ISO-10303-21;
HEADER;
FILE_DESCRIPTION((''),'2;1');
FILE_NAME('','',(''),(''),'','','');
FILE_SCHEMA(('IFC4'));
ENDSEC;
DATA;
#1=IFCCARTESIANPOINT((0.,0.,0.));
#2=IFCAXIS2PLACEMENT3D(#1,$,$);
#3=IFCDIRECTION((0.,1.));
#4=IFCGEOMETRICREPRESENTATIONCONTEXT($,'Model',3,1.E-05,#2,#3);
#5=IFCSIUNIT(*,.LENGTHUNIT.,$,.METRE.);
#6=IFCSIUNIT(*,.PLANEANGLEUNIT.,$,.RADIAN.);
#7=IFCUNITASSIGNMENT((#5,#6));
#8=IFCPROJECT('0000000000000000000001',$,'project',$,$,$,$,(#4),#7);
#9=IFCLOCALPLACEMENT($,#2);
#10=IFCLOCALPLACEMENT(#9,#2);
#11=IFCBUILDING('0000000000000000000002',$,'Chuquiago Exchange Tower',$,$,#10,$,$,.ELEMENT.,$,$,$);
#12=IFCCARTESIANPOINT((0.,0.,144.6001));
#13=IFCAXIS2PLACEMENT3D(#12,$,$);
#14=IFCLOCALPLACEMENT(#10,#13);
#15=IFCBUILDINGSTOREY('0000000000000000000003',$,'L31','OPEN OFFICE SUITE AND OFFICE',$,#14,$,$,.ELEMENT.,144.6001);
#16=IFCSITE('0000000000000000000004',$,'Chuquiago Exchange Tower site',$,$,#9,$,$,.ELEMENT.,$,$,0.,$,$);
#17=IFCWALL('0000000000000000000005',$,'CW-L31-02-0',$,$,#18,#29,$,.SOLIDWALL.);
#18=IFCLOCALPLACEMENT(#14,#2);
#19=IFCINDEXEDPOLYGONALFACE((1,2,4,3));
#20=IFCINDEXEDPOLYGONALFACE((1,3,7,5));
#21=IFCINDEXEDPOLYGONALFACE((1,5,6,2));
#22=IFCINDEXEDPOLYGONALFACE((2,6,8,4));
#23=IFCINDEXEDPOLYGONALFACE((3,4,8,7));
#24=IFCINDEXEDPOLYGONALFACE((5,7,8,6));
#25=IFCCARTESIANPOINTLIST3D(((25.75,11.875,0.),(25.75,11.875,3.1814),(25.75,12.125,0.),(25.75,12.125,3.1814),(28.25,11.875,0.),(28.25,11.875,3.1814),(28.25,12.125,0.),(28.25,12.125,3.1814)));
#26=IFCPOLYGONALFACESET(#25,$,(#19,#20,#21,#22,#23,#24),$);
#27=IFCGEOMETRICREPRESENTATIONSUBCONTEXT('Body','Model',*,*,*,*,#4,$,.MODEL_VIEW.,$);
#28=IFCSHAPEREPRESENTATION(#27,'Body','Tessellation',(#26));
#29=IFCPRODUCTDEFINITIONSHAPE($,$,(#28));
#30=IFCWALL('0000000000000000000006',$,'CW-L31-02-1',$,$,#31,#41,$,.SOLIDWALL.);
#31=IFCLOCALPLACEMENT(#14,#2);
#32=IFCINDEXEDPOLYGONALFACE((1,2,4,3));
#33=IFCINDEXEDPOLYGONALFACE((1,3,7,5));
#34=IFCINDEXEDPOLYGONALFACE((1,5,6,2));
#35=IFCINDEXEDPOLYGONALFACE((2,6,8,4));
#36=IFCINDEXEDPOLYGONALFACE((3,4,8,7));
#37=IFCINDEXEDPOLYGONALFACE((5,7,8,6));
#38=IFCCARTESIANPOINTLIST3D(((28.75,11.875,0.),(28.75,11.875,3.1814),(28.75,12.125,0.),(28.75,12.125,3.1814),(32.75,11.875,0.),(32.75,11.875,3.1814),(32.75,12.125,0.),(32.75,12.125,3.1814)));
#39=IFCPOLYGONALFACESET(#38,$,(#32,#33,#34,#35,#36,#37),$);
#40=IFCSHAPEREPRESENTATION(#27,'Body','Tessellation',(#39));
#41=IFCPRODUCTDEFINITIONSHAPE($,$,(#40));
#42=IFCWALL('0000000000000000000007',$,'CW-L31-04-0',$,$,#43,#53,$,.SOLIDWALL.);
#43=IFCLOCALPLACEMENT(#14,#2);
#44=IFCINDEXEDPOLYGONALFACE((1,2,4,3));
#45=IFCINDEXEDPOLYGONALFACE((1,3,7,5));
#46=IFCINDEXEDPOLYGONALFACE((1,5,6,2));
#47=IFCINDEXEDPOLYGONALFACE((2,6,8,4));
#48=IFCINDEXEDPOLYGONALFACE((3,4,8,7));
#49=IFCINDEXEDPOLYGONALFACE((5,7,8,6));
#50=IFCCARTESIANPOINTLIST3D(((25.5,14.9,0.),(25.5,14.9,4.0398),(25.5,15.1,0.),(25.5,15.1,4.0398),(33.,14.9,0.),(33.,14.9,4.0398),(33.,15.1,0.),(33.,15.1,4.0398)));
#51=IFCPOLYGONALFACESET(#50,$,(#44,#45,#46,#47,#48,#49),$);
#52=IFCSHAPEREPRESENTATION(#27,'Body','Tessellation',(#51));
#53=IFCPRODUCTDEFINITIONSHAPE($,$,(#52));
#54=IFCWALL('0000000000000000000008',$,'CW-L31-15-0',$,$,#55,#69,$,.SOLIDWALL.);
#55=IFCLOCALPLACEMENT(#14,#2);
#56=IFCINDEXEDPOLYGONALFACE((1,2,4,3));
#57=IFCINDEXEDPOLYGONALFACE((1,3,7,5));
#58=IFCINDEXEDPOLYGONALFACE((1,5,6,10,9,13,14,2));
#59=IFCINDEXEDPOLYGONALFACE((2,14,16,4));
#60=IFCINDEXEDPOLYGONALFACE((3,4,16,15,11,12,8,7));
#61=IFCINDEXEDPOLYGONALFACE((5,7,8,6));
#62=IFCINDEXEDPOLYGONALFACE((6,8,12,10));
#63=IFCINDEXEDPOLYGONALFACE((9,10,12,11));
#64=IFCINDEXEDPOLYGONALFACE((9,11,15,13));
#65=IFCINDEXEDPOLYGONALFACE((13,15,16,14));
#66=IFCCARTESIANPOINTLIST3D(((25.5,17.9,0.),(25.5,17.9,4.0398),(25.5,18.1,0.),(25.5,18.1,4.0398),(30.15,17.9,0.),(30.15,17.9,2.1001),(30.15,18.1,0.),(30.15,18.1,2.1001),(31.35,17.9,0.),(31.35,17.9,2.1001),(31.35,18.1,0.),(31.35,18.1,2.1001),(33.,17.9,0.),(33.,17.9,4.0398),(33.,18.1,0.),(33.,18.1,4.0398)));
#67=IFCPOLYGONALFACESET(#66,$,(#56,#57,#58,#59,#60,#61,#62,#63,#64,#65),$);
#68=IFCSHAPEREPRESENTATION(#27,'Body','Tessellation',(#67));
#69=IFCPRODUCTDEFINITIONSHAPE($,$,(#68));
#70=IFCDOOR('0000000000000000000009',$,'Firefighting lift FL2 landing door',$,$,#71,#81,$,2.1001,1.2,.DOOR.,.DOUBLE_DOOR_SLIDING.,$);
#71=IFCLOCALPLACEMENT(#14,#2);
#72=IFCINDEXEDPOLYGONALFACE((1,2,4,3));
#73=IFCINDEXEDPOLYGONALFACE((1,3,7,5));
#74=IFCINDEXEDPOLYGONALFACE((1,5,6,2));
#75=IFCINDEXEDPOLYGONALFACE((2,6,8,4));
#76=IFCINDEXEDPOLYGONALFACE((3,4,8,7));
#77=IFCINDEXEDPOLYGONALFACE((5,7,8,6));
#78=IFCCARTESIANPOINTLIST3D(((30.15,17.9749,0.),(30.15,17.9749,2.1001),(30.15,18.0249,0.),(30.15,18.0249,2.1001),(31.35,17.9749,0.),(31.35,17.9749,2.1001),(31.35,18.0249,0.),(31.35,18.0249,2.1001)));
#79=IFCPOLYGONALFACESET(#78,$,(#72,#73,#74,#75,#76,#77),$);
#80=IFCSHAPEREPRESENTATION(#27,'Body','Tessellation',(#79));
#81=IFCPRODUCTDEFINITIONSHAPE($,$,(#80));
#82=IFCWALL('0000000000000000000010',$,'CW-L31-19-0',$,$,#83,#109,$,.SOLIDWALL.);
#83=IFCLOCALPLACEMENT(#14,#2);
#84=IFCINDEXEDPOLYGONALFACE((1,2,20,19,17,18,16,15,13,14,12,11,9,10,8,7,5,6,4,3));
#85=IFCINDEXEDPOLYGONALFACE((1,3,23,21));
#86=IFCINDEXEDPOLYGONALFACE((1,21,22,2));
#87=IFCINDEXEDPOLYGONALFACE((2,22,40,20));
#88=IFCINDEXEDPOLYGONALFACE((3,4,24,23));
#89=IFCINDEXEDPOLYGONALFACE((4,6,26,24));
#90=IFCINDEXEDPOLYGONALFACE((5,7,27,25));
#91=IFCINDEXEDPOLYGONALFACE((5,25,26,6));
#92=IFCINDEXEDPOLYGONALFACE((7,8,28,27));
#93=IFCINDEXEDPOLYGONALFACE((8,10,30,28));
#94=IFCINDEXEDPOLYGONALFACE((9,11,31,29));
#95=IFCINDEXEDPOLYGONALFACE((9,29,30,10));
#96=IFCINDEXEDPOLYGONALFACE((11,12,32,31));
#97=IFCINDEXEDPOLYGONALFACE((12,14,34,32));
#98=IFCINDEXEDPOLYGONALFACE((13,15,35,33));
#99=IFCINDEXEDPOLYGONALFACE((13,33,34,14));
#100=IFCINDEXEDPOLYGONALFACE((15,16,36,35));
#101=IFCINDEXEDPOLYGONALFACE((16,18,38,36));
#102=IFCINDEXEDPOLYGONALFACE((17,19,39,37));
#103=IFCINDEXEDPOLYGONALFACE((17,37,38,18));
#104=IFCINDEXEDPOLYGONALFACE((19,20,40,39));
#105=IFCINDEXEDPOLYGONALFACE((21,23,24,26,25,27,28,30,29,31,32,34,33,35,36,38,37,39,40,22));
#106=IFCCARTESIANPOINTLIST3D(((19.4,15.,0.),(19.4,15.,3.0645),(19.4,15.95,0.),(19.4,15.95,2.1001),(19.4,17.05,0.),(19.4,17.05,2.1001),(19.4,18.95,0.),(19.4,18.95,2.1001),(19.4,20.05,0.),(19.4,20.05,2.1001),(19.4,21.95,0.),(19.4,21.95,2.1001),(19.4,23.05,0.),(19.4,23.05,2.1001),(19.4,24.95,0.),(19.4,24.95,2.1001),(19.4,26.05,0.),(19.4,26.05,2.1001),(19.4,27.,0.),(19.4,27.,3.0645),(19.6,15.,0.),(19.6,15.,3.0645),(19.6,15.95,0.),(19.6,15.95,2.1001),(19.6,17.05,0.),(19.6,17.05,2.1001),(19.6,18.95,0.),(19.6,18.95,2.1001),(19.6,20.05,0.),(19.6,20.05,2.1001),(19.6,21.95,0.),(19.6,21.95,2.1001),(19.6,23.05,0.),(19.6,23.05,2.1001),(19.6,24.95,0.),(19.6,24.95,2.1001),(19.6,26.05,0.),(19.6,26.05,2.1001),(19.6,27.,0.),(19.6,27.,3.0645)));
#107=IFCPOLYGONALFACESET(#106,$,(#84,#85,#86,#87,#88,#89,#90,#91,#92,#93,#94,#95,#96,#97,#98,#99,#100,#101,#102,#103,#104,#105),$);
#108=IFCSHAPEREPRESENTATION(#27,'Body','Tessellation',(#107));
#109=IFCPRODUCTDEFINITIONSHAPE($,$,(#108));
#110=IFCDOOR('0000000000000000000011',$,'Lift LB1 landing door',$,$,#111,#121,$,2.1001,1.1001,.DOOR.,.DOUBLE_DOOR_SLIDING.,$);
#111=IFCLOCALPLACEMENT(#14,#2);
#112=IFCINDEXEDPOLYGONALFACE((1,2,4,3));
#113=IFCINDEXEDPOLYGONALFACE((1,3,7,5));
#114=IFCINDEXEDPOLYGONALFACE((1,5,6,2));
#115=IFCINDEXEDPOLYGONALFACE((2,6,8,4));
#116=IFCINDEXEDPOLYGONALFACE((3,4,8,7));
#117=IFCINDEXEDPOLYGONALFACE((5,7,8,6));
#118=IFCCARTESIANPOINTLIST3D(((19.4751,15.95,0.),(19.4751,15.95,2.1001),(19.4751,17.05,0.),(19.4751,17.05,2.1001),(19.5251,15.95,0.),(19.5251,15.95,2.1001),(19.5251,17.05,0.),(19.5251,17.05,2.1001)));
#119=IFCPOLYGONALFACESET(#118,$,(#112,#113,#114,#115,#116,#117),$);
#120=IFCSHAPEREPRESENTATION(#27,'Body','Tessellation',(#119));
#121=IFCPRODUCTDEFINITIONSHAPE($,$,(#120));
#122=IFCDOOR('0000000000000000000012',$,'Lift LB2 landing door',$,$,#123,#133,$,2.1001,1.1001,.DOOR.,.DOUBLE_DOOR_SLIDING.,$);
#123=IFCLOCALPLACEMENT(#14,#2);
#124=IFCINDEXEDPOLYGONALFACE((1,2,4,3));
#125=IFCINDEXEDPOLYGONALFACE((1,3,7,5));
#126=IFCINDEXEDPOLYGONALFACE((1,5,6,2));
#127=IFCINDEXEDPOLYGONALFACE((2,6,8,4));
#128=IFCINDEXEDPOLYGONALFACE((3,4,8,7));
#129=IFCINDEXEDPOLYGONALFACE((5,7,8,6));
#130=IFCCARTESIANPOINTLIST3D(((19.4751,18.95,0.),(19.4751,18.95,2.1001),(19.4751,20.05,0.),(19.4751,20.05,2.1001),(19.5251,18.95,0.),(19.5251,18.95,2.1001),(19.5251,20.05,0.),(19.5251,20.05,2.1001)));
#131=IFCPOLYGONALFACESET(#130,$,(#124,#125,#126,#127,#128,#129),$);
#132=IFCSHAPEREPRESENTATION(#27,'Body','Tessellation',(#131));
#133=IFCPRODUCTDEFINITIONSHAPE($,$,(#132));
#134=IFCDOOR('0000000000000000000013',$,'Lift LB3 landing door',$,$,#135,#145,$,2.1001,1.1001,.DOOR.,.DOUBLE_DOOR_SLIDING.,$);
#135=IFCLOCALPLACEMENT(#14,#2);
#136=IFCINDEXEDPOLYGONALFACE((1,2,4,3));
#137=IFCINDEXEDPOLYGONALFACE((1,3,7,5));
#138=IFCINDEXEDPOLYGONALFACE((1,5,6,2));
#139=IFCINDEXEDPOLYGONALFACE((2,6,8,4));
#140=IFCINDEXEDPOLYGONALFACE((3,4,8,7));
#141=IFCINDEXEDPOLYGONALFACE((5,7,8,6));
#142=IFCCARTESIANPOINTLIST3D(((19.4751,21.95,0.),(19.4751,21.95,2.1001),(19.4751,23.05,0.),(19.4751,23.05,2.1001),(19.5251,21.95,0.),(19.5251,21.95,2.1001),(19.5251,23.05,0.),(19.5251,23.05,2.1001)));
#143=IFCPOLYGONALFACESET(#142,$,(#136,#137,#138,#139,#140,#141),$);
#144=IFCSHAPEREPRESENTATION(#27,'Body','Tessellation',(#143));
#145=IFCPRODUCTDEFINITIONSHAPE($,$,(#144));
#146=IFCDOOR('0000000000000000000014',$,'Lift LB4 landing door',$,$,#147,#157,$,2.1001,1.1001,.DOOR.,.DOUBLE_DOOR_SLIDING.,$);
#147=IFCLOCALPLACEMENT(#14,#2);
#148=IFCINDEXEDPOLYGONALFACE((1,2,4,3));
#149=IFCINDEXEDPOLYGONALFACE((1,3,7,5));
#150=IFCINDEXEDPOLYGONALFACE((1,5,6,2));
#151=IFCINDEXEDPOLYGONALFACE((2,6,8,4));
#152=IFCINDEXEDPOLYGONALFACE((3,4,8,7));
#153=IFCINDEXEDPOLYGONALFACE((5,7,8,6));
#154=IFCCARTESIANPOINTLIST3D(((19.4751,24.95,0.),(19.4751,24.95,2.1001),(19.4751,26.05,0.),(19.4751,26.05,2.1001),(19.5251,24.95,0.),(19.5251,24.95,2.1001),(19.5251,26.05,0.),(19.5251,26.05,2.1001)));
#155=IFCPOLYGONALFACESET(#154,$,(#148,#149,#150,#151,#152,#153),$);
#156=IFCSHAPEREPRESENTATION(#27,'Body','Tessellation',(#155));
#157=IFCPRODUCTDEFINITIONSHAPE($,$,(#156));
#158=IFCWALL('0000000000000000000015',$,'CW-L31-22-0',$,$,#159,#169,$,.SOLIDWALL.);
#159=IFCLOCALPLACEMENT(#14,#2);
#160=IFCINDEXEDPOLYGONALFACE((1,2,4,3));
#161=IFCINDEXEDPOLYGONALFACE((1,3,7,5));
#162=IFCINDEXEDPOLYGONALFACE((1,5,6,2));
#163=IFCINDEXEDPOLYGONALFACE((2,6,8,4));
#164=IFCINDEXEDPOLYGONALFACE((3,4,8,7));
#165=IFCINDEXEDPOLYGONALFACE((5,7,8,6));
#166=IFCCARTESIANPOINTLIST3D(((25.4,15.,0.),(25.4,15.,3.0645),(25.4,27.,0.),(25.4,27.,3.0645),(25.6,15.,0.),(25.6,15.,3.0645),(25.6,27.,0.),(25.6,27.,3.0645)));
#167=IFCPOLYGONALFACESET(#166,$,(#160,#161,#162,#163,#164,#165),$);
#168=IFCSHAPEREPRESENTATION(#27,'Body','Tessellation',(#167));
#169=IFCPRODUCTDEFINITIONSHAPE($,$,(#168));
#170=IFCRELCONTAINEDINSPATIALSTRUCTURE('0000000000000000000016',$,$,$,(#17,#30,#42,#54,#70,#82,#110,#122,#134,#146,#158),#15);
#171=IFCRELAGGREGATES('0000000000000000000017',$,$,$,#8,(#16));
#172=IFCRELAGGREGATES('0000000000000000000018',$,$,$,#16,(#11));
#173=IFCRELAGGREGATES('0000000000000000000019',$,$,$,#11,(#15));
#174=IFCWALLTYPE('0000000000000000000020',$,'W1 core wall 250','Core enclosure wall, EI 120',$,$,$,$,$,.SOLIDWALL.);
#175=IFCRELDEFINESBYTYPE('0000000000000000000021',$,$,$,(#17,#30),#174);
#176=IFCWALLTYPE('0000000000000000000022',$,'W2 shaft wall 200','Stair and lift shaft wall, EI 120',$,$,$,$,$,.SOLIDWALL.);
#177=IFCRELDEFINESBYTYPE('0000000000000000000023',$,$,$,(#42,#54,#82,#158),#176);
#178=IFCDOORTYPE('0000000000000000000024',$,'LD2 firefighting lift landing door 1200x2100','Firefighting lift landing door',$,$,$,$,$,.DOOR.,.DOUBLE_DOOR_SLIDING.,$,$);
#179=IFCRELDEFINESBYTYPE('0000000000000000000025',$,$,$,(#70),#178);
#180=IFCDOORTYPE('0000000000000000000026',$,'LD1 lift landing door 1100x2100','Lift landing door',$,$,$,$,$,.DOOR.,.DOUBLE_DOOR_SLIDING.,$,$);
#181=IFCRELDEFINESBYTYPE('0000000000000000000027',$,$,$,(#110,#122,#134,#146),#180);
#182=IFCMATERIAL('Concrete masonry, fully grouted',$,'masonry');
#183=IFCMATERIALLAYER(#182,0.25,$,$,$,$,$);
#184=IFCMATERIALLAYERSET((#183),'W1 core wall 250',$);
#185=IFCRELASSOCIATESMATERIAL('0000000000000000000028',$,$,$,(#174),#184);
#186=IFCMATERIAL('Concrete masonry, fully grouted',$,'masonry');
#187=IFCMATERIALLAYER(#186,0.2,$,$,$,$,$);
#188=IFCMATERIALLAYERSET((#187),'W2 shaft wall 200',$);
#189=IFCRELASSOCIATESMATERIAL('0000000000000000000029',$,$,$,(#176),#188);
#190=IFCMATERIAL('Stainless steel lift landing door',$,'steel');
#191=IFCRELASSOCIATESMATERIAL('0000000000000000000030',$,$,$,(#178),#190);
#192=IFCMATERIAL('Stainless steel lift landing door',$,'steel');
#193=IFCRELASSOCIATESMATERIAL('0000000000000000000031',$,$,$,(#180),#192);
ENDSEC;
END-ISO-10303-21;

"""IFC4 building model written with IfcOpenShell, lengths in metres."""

from ifc_helpers import new_model, si_unit, direction, frame, frame_2d, origin, place, context, subcontext, project, spatial, rectangle, extrude, material, layer, layer_set, type_object, element, fill, save


model = new_model("IFC4")

# Units and contexts
model_context = context("Model", 3, precision=1e-05, world=origin(), true_north=direction((0.0, 1.0)))
body_context = subcontext(model_context, "Body", "Model", "MODEL_VIEW")
ifc_project = project(units=[si_unit("LENGTHUNIT", "METRE"), si_unit("PLANEANGLEUNIT", "RADIAN")], contexts=[model_context])

# Site, building, storey
site_placement = place(None, origin())
site = spatial("IfcSite", under=ifc_project, at=site_placement, Name="Chuquiago Exchange Tower site", CompositionType="ELEMENT", RefElevation=0.0)
building_placement = place(site_placement, origin())
building = spatial("IfcBuilding", under=site, at=building_placement, Name="Chuquiago Exchange Tower", CompositionType="ELEMENT")
storey_placement = place(building_placement, frame((0.0, 0.0, 144.6001)))
storey = spatial("IfcBuildingStorey", under=building, at=storey_placement, Name="L31", Description="OPEN OFFICE SUITE AND OFFICE", CompositionType="ELEMENT", Elevation=144.6001)

# Walls
ifc_material_1 = material(Name="Concrete masonry, fully grouted", Category="masonry")
ifc_layer_1 = layer(ifc_material_1, 0.25)
ifc_layer_set_1 = layer_set([ifc_layer_1], Name="W1 core wall 250")
wall_type_1 = type_object("IfcWallType", Name="W1 core wall 250", Description="Core enclosure wall, EI 120", PredefinedType="SOLIDWALL", material=ifc_layer_set_1)
wall_1_placement = place(storey_placement, frame((25.75, 12.0, 0.0), z_axis=(0.0, 0.0, 1.0), x_axis=(1.0, 0.0, 0.0)))
element("IfcWall", 1, at=wall_1_placement, inside=storey, type_object=wall_type_1, Name="CW-L31-02-0", PredefinedType="SOLIDWALL", context=body_context, shape_type="SweptSolid", body=[
    extrude(rectangle(XDim=2.5, YDim=0.25, at=frame_2d((1.25, 0.0))), origin(), (0.0, 0.0, 1.0), 3.1814),
])
wall_2_placement = place(storey_placement, frame((28.75, 12.0, 0.0), z_axis=(0.0, 0.0, 1.0), x_axis=(1.0, 0.0, 0.0)))
element("IfcWall", 2, at=wall_2_placement, inside=storey, type_object=wall_type_1, Name="CW-L31-02-1", PredefinedType="SOLIDWALL", context=body_context, shape_type="SweptSolid", body=[
    extrude(rectangle(XDim=4.0, YDim=0.25, at=frame_2d((2.0, 0.0))), origin(), (0.0, 0.0, 1.0), 3.1814),
])
ifc_material_2 = material(Name="Concrete masonry, fully grouted", Category="masonry")
ifc_layer_2 = layer(ifc_material_2, 0.2)
ifc_layer_set_2 = layer_set([ifc_layer_2], Name="W2 shaft wall 200")
wall_type_2 = type_object("IfcWallType", Name="W2 shaft wall 200", Description="Stair and lift shaft wall, EI 120", PredefinedType="SOLIDWALL", material=ifc_layer_set_2)
wall_3_placement = place(storey_placement, frame((25.5, 15.0, 0.0), z_axis=(0.0, 0.0, 1.0), x_axis=(1.0, 0.0, 0.0)))
element("IfcWall", 3, at=wall_3_placement, inside=storey, type_object=wall_type_2, Name="CW-L31-04-0", PredefinedType="SOLIDWALL", context=body_context, shape_type="SweptSolid", body=[
    extrude(rectangle(XDim=7.5, YDim=0.2, at=frame_2d((3.75, 0.0))), origin(), (0.0, 0.0, 1.0), 4.0398),
])

# Wall, opening, door
wall_4_placement = place(storey_placement, frame((25.5, 18.0, 0.0), z_axis=(0.0, 0.0, 1.0), x_axis=(1.0, 0.0, 0.0)))
wall_4 = element("IfcWall", 4, at=wall_4_placement, inside=storey, type_object=wall_type_2, Name="CW-L31-15-0", PredefinedType="SOLIDWALL", context=body_context, shape_type="SweptSolid", body=[
    extrude(rectangle(XDim=7.5, YDim=0.2, at=frame_2d((3.75, 0.0))), origin(), (0.0, 0.0, 1.0), 4.0398),
])
opening_1_placement = place(wall_4_placement, frame((4.6499, 0.0, 0.0)))
opening_1 = element("IfcOpeningElement", 5, at=opening_1_placement, cuts=wall_4, PredefinedType="OPENING", context=body_context, shape_type="SweptSolid", body=[
    extrude(rectangle(XDim=1.2, YDim=2.1001, at=frame_2d((0.6001, 1.05))), frame((0.0, 0.1099, 0.0), z_axis=(0.0, -1.0, 0.0), x_axis=(1.0, 0.0, 0.0)), (0.0, 0.0, 1.0), 0.22),
])
ifc_material_3 = material(Name="Stainless steel lift landing door", Category="steel")
door_type_1 = type_object("IfcDoorType", Name="LD2 firefighting lift landing door 1200x2100", Description="Firefighting lift landing door", OperationType="DOUBLE_DOOR_SLIDING", PredefinedType="DOOR", material=ifc_material_3)
door_1_placement = place(opening_1_placement, origin())
door_1 = element("IfcDoor", 6, at=door_1_placement, inside=storey, type_object=door_type_1, Name="Firefighting lift FL2 landing door", OperationType="DOUBLE_DOOR_SLIDING", OverallHeight=2.1001, OverallWidth=1.2, PredefinedType="DOOR", context=body_context, shape_type="SweptSolid", body=[
    extrude(rectangle(XDim=1.2, YDim=2.1001, at=frame_2d((0.6001, 1.05))), frame((0.0, 0.0249, 0.0), z_axis=(0.0, -1.0, 0.0), x_axis=(1.0, 0.0, 0.0)), (0.0, 0.0, 1.0), 0.05),
])
fill(opening_1, door_1)

# Wall, openings, doors
wall_5_placement = place(storey_placement, frame((19.5, 15.0, 0.0), z_axis=(0.0, 0.0, 1.0), x_axis=(0.0, 1.0, 0.0)))
wall_5 = element("IfcWall", 7, at=wall_5_placement, inside=storey, type_object=wall_type_2, Name="CW-L31-19-0", PredefinedType="SOLIDWALL", context=body_context, shape_type="SweptSolid", body=[
    extrude(rectangle(XDim=12.0, YDim=0.2, at=frame_2d((6.0, 0.0))), origin(), (0.0, 0.0, 1.0), 3.0645),
])
opening_2_placement = place(wall_5_placement, frame((0.95, 0.0, 0.0)))
opening_2 = element("IfcOpeningElement", 8, at=opening_2_placement, cuts=wall_5, PredefinedType="OPENING", context=body_context, shape_type="SweptSolid", body=[
    extrude(rectangle(XDim=1.1001, YDim=2.1001, at=frame_2d((0.55, 1.05))), frame((0.0, 0.1099, 0.0), z_axis=(0.0, -1.0, 0.0), x_axis=(1.0, 0.0, 0.0)), (0.0, 0.0, 1.0), 0.22),
])
opening_3_placement = place(wall_5_placement, frame((3.95, 0.0, 0.0)))
opening_3 = element("IfcOpeningElement", 9, at=opening_3_placement, cuts=wall_5, PredefinedType="OPENING", context=body_context, shape_type="SweptSolid", body=[
    extrude(rectangle(XDim=1.1001, YDim=2.1001, at=frame_2d((0.55, 1.05))), frame((0.0, 0.1099, 0.0), z_axis=(0.0, -1.0, 0.0), x_axis=(1.0, 0.0, 0.0)), (0.0, 0.0, 1.0), 0.22),
])
opening_4_placement = place(wall_5_placement, frame((6.95, 0.0, 0.0)))
opening_4 = element("IfcOpeningElement", 10, at=opening_4_placement, cuts=wall_5, PredefinedType="OPENING", context=body_context, shape_type="SweptSolid", body=[
    extrude(rectangle(XDim=1.1001, YDim=2.1001, at=frame_2d((0.55, 1.05))), frame((0.0, 0.1099, 0.0), z_axis=(0.0, -1.0, 0.0), x_axis=(1.0, 0.0, 0.0)), (0.0, 0.0, 1.0), 0.22),
])
opening_5_placement = place(wall_5_placement, frame((9.95, 0.0, 0.0)))
opening_5 = element("IfcOpeningElement", 11, at=opening_5_placement, cuts=wall_5, PredefinedType="OPENING", context=body_context, shape_type="SweptSolid", body=[
    extrude(rectangle(XDim=1.1001, YDim=2.1001, at=frame_2d((0.55, 1.05))), frame((0.0, 0.1099, 0.0), z_axis=(0.0, -1.0, 0.0), x_axis=(1.0, 0.0, 0.0)), (0.0, 0.0, 1.0), 0.22),
])
ifc_material_4 = material(Name="Stainless steel lift landing door", Category="steel")
door_type_2 = type_object("IfcDoorType", Name="LD1 lift landing door 1100x2100", Description="Lift landing door", OperationType="DOUBLE_DOOR_SLIDING", PredefinedType="DOOR", material=ifc_material_4)
door_2_placement = place(opening_2_placement, origin())
door_2 = element("IfcDoor", 12, at=door_2_placement, inside=storey, type_object=door_type_2, Name="Lift LB1 landing door", OperationType="DOUBLE_DOOR_SLIDING", OverallHeight=2.1001, OverallWidth=1.1001, PredefinedType="DOOR", context=body_context, shape_type="SweptSolid", body=[
    extrude(rectangle(XDim=1.1001, YDim=2.1001, at=frame_2d((0.55, 1.05))), frame((0.0, 0.0249, 0.0), z_axis=(0.0, -1.0, 0.0), x_axis=(1.0, 0.0, 0.0)), (0.0, 0.0, 1.0), 0.05),
])
fill(opening_2, door_2)
door_3_placement = place(opening_3_placement, origin())
door_3 = element("IfcDoor", 13, at=door_3_placement, inside=storey, type_object=door_type_2, Name="Lift LB2 landing door", OperationType="DOUBLE_DOOR_SLIDING", OverallHeight=2.1001, OverallWidth=1.1001, PredefinedType="DOOR", context=body_context, shape_type="SweptSolid", body=[
    extrude(rectangle(XDim=1.1001, YDim=2.1001, at=frame_2d((0.55, 1.05))), frame((0.0, 0.0249, 0.0), z_axis=(0.0, -1.0, 0.0), x_axis=(1.0, 0.0, 0.0)), (0.0, 0.0, 1.0), 0.05),
])
fill(opening_3, door_3)
door_4_placement = place(opening_4_placement, origin())
door_4 = element("IfcDoor", 14, at=door_4_placement, inside=storey, type_object=door_type_2, Name="Lift LB3 landing door", OperationType="DOUBLE_DOOR_SLIDING", OverallHeight=2.1001, OverallWidth=1.1001, PredefinedType="DOOR", context=body_context, shape_type="SweptSolid", body=[
    extrude(rectangle(XDim=1.1001, YDim=2.1001, at=frame_2d((0.55, 1.05))), frame((0.0, 0.0249, 0.0), z_axis=(0.0, -1.0, 0.0), x_axis=(1.0, 0.0, 0.0)), (0.0, 0.0, 1.0), 0.05),
])
fill(opening_4, door_4)
door_5_placement = place(opening_5_placement, origin())
door_5 = element("IfcDoor", 15, at=door_5_placement, inside=storey, type_object=door_type_2, Name="Lift LB4 landing door", OperationType="DOUBLE_DOOR_SLIDING", OverallHeight=2.1001, OverallWidth=1.1001, PredefinedType="DOOR", context=body_context, shape_type="SweptSolid", body=[
    extrude(rectangle(XDim=1.1001, YDim=2.1001, at=frame_2d((0.55, 1.05))), frame((0.0, 0.0249, 0.0), z_axis=(0.0, -1.0, 0.0), x_axis=(1.0, 0.0, 0.0)), (0.0, 0.0, 1.0), 0.05),
])
fill(opening_5, door_5)

# Wall
wall_6_placement = place(storey_placement, frame((25.5, 15.0, 0.0), z_axis=(0.0, 0.0, 1.0), x_axis=(0.0, 1.0, 0.0)))
element("IfcWall", 16, at=wall_6_placement, inside=storey, type_object=wall_type_2, Name="CW-L31-22-0", PredefinedType="SOLIDWALL", context=body_context, shape_type="SweptSolid", body=[
    extrude(rectangle(XDim=12.0, YDim=0.2, at=frame_2d((6.0, 0.0))), origin(), (0.0, 0.0, 1.0), 3.0645),
])

save(model, "model.ifc")
